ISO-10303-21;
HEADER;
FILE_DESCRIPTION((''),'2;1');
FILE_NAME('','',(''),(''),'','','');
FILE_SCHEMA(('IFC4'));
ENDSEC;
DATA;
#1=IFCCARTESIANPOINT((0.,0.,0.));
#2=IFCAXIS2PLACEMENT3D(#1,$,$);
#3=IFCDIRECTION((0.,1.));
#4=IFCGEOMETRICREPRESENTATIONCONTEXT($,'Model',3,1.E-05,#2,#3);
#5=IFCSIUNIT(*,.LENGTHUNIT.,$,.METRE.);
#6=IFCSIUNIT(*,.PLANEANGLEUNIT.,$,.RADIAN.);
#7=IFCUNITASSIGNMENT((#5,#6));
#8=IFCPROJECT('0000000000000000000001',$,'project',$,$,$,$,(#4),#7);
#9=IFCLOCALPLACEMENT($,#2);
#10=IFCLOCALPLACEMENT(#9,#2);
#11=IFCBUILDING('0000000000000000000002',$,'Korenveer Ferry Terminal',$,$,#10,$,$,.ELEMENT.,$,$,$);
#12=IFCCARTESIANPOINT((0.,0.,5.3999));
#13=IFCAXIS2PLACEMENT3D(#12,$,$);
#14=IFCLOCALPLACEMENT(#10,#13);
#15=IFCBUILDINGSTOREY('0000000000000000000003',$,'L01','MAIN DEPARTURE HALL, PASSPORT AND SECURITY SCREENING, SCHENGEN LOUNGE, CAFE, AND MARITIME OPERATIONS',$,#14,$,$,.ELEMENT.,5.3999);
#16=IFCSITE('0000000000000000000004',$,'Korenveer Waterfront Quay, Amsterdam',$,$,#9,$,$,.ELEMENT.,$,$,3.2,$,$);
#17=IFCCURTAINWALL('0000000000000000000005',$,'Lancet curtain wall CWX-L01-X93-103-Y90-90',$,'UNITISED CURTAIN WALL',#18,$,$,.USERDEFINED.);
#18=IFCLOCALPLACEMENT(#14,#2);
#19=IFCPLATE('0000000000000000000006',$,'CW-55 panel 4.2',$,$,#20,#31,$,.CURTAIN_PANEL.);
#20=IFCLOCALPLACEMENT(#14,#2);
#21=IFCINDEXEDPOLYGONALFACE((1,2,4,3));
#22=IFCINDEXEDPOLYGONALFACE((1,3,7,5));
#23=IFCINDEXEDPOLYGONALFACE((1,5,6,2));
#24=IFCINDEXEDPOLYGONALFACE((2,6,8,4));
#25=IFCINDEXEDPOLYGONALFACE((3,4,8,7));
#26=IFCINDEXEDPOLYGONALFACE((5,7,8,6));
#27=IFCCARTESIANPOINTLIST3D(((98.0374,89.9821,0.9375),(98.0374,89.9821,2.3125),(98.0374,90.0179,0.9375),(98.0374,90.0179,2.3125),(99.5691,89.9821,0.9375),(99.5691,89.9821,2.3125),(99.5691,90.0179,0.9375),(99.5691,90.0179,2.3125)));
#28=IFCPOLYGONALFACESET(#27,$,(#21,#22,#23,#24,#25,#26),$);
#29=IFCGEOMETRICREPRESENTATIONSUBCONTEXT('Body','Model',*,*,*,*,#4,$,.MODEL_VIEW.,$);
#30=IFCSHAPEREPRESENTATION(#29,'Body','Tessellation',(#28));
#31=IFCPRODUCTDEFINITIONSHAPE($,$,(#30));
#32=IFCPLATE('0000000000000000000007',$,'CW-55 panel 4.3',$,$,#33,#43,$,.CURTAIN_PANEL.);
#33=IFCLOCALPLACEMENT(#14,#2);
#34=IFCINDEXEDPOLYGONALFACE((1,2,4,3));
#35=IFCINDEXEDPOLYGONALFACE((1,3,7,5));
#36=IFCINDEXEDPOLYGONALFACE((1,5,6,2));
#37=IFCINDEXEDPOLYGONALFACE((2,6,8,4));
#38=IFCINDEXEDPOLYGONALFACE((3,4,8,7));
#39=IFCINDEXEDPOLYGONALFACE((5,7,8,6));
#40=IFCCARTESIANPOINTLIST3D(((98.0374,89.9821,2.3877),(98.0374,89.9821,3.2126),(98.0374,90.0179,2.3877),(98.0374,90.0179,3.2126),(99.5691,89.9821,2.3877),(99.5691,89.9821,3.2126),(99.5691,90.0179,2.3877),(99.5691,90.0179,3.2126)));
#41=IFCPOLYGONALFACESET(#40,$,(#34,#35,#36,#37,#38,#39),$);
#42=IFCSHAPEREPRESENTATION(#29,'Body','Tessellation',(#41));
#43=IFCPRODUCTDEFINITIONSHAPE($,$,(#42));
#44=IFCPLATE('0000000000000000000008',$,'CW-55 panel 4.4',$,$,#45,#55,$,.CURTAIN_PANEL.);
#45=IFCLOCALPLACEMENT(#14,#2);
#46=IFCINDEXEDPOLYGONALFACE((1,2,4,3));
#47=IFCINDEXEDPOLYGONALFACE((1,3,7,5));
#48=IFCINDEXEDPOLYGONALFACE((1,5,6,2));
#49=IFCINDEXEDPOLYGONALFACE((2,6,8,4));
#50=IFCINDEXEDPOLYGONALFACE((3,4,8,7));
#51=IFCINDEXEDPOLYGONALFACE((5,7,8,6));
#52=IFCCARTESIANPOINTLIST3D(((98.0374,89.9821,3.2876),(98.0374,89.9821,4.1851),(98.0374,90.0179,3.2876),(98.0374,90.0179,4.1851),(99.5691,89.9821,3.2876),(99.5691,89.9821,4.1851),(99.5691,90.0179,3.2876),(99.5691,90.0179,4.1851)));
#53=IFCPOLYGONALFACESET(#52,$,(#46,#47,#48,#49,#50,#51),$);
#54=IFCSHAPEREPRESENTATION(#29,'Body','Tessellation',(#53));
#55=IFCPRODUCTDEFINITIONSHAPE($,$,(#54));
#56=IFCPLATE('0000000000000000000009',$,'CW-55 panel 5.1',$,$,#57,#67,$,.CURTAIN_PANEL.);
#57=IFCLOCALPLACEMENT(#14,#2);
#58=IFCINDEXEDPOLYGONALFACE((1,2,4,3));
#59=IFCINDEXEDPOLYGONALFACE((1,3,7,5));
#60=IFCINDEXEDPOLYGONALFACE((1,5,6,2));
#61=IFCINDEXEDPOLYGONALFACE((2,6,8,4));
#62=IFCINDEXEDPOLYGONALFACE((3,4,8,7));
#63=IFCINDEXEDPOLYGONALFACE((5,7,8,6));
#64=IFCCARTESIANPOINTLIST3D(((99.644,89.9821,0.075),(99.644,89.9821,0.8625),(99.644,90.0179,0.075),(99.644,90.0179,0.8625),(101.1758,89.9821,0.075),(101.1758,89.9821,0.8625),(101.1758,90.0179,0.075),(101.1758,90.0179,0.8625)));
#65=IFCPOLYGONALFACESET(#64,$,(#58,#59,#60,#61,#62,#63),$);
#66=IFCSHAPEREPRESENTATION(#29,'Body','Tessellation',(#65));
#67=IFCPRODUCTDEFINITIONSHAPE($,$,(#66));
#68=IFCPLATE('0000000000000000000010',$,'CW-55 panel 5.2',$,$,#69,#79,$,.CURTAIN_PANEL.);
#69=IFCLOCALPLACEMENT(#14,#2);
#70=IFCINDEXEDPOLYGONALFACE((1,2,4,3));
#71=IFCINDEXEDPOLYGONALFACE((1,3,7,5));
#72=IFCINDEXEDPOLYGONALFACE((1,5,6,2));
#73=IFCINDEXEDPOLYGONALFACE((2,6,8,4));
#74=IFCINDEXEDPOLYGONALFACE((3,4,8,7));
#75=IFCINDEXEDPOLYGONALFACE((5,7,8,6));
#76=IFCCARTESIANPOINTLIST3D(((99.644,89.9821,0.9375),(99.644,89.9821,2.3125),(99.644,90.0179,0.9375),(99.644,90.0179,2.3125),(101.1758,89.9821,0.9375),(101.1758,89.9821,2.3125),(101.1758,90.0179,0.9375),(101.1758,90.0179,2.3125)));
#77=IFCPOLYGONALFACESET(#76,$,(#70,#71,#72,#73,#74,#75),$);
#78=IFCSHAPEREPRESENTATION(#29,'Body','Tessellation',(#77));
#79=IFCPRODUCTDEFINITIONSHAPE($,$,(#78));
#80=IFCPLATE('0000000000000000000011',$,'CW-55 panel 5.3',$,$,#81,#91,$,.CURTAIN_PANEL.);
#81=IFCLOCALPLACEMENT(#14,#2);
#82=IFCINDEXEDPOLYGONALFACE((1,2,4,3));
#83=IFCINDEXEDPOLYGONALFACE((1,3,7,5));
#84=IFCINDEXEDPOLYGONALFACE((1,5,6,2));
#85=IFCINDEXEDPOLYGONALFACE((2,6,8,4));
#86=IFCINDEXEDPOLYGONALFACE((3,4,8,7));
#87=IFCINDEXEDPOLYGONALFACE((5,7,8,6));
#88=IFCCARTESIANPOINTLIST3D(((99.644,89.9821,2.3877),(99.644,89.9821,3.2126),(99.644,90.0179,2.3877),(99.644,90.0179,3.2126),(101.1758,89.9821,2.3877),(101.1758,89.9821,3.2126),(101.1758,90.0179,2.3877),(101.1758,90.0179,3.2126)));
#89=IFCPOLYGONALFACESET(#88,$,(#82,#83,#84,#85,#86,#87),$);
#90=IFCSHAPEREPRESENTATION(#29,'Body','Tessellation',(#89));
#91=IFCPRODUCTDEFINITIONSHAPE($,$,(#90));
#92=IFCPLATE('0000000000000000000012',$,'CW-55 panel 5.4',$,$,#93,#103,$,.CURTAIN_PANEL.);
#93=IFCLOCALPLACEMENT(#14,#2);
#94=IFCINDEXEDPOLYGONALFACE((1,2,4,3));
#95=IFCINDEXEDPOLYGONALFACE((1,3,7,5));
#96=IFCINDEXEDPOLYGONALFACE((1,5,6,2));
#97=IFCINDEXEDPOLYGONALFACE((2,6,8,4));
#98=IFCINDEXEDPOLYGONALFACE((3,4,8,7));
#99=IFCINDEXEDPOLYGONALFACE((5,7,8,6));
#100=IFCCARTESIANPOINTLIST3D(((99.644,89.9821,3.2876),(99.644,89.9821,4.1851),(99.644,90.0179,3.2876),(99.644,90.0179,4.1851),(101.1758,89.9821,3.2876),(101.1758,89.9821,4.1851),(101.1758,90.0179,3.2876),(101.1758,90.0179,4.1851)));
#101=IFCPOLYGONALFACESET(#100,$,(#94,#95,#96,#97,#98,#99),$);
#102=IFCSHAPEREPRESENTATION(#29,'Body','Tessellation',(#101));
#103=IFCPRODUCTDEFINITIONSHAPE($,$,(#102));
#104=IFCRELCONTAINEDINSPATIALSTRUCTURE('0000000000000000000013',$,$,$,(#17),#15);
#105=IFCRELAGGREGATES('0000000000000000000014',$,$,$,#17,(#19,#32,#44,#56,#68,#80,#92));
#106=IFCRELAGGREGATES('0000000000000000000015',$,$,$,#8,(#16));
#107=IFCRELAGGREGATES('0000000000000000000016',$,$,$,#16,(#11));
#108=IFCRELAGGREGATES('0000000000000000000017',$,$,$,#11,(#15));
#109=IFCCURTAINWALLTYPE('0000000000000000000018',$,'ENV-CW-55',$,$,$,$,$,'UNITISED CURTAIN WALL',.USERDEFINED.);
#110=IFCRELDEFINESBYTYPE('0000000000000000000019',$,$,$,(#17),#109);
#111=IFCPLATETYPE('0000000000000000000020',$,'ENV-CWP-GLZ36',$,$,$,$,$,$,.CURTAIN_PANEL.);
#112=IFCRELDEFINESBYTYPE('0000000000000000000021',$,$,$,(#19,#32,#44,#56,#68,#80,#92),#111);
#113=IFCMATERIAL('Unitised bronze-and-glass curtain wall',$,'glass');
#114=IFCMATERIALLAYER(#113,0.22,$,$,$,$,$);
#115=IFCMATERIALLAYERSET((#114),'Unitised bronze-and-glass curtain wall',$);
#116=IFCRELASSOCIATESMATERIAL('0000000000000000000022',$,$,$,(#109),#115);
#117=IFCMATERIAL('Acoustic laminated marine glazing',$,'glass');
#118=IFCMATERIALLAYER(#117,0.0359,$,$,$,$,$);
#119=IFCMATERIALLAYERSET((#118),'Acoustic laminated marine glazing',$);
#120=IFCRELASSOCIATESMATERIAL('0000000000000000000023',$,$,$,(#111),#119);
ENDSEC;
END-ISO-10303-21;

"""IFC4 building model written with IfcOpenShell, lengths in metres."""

from ifc_helpers import new_model, si_unit, direction, frame, origin, origin_2d, place, context, subcontext, project, spatial, rectangle, extrude, material, layer, layer_set, type_object, element, aggregate, save


model = new_model("IFC4")

# Units and contexts
model_context = context("Model", 3, precision=1e-05, world=origin(), true_north=direction((0.0, 1.0)))
body_context = subcontext(model_context, "Body", "Model", "MODEL_VIEW")
ifc_project = project(units=[si_unit("LENGTHUNIT", "METRE"), si_unit("PLANEANGLEUNIT", "RADIAN")], contexts=[model_context])

# Site, building, storey
site_placement = place(None, origin())
site = spatial("IfcSite", under=ifc_project, at=site_placement, Name="Korenveer Waterfront Quay, Amsterdam", CompositionType="ELEMENT", RefElevation=3.2)
building_placement = place(site_placement, origin())
building = spatial("IfcBuilding", under=site, at=building_placement, Name="Korenveer Ferry Terminal", CompositionType="ELEMENT")
storey_placement = place(building_placement, frame((0.0, 0.0, 5.3999)))
storey = spatial("IfcBuildingStorey", under=building, at=storey_placement, Name="L01", Description="MAIN DEPARTURE HALL, PASSPORT AND SECURITY SCREENING, SCHENGEN LOUNGE, CAFE, AND MARITIME OPERATIONS", CompositionType="ELEMENT", Elevation=5.3999)

# Curtain wall, plates
ifc_material_1 = material(Name="Unitised bronze-and-glass curtain wall", Category="glass")
ifc_layer_1 = layer(ifc_material_1, 0.22)
ifc_layer_set_1 = layer_set([ifc_layer_1], Name="Unitised bronze-and-glass curtain wall")
curtain_wall_type = type_object("IfcCurtainWallType", Name="ENV-CW-55", ElementType="UNITISED CURTAIN WALL", PredefinedType="USERDEFINED", material=ifc_layer_set_1)
curtain_wall_placement = place(storey_placement, frame((93.1799, 90.0, 0.0)))
curtain_wall = element("IfcCurtainWall", 1, at=curtain_wall_placement, inside=storey, type_object=curtain_wall_type, Name="Lancet curtain wall CWX-L01-X93-103-Y90-90", ObjectType="UNITISED CURTAIN WALL", PredefinedType="USERDEFINED")
ifc_material_2 = material(Name="Acoustic laminated marine glazing", Category="glass")
ifc_layer_2 = layer(ifc_material_2, 0.0359)
ifc_layer_set_2 = layer_set([ifc_layer_2], Name="Acoustic laminated marine glazing")
plate_type = type_object("IfcPlateType", Name="ENV-CWP-GLZ36", PredefinedType="CURTAIN_PANEL", material=ifc_layer_set_2)
plate_1_placement = place(storey_placement, frame((98.8032, 90.0, 0.9375), z_axis=(0.0, 0.0, 1.0), x_axis=(1.0, 0.0, 0.0)))
plate_1 = element("IfcPlate", 2, at=plate_1_placement, type_object=plate_type, Name="CW-55 panel 4.2", PredefinedType="CURTAIN_PANEL", context=body_context, shape_type="SweptSolid", body=[
    extrude(rectangle(XDim=1.5317, YDim=0.0359, at=origin_2d()), origin(), (0.0, 0.0, 1.0), 1.375),
])
plate_2_placement = place(storey_placement, frame((98.8032, 90.0, 2.3877), z_axis=(0.0, 0.0, 1.0), x_axis=(1.0, 0.0, 0.0)))
plate_2 = element("IfcPlate", 3, at=plate_2_placement, type_object=plate_type, Name="CW-55 panel 4.3", PredefinedType="CURTAIN_PANEL", context=body_context, shape_type="SweptSolid", body=[
    extrude(rectangle(XDim=1.5317, YDim=0.0359, at=origin_2d()), origin(), (0.0, 0.0, 1.0), 0.825),
])
plate_3_placement = place(storey_placement, frame((98.8032, 90.0, 3.2876), z_axis=(0.0, 0.0, 1.0), x_axis=(1.0, 0.0, 0.0)))
plate_3 = element("IfcPlate", 4, at=plate_3_placement, type_object=plate_type, Name="CW-55 panel 4.4", PredefinedType="CURTAIN_PANEL", context=body_context, shape_type="SweptSolid", body=[
    extrude(rectangle(XDim=1.5317, YDim=0.0359, at=origin_2d()), origin(), (0.0, 0.0, 1.0), 0.8975),
])
plate_4_placement = place(storey_placement, frame((100.4099, 90.0, 0.075), z_axis=(0.0, 0.0, 1.0), x_axis=(1.0, 0.0, 0.0)))
plate_4 = element("IfcPlate", 5, at=plate_4_placement, type_object=plate_type, Name="CW-55 panel 5.1", PredefinedType="CURTAIN_PANEL", context=body_context, shape_type="SweptSolid", body=[
    extrude(rectangle(XDim=1.5317, YDim=0.0359, at=origin_2d()), origin(), (0.0, 0.0, 1.0), 0.7876),
])
plate_5_placement = place(storey_placement, frame((100.4099, 90.0, 0.9375), z_axis=(0.0, 0.0, 1.0), x_axis=(1.0, 0.0, 0.0)))
plate_5 = element("IfcPlate", 6, at=plate_5_placement, type_object=plate_type, Name="CW-55 panel 5.2", PredefinedType="CURTAIN_PANEL", context=body_context, shape_type="SweptSolid", body=[
    extrude(rectangle(XDim=1.5317, YDim=0.0359, at=origin_2d()), origin(), (0.0, 0.0, 1.0), 1.375),
])
plate_6_placement = place(storey_placement, frame((100.4099, 90.0, 2.3877), z_axis=(0.0, 0.0, 1.0), x_axis=(1.0, 0.0, 0.0)))
plate_6 = element("IfcPlate", 7, at=plate_6_placement, type_object=plate_type, Name="CW-55 panel 5.3", PredefinedType="CURTAIN_PANEL", context=body_context, shape_type="SweptSolid", body=[
    extrude(rectangle(XDim=1.5317, YDim=0.0359, at=origin_2d()), origin(), (0.0, 0.0, 1.0), 0.825),
])
plate_7_placement = place(storey_placement, frame((100.4099, 90.0, 3.2876), z_axis=(0.0, 0.0, 1.0), x_axis=(1.0, 0.0, 0.0)))
plate_7 = element("IfcPlate", 8, at=plate_7_placement, type_object=plate_type, Name="CW-55 panel 5.4", PredefinedType="CURTAIN_PANEL", context=body_context, shape_type="SweptSolid", body=[
    extrude(rectangle(XDim=1.5317, YDim=0.0359, at=origin_2d()), origin(), (0.0, 0.0, 1.0), 0.8975),
])
aggregate(curtain_wall, [plate_1, plate_2, plate_3, plate_4, plate_5, plate_6, plate_7])

save(model, "model.ifc")
